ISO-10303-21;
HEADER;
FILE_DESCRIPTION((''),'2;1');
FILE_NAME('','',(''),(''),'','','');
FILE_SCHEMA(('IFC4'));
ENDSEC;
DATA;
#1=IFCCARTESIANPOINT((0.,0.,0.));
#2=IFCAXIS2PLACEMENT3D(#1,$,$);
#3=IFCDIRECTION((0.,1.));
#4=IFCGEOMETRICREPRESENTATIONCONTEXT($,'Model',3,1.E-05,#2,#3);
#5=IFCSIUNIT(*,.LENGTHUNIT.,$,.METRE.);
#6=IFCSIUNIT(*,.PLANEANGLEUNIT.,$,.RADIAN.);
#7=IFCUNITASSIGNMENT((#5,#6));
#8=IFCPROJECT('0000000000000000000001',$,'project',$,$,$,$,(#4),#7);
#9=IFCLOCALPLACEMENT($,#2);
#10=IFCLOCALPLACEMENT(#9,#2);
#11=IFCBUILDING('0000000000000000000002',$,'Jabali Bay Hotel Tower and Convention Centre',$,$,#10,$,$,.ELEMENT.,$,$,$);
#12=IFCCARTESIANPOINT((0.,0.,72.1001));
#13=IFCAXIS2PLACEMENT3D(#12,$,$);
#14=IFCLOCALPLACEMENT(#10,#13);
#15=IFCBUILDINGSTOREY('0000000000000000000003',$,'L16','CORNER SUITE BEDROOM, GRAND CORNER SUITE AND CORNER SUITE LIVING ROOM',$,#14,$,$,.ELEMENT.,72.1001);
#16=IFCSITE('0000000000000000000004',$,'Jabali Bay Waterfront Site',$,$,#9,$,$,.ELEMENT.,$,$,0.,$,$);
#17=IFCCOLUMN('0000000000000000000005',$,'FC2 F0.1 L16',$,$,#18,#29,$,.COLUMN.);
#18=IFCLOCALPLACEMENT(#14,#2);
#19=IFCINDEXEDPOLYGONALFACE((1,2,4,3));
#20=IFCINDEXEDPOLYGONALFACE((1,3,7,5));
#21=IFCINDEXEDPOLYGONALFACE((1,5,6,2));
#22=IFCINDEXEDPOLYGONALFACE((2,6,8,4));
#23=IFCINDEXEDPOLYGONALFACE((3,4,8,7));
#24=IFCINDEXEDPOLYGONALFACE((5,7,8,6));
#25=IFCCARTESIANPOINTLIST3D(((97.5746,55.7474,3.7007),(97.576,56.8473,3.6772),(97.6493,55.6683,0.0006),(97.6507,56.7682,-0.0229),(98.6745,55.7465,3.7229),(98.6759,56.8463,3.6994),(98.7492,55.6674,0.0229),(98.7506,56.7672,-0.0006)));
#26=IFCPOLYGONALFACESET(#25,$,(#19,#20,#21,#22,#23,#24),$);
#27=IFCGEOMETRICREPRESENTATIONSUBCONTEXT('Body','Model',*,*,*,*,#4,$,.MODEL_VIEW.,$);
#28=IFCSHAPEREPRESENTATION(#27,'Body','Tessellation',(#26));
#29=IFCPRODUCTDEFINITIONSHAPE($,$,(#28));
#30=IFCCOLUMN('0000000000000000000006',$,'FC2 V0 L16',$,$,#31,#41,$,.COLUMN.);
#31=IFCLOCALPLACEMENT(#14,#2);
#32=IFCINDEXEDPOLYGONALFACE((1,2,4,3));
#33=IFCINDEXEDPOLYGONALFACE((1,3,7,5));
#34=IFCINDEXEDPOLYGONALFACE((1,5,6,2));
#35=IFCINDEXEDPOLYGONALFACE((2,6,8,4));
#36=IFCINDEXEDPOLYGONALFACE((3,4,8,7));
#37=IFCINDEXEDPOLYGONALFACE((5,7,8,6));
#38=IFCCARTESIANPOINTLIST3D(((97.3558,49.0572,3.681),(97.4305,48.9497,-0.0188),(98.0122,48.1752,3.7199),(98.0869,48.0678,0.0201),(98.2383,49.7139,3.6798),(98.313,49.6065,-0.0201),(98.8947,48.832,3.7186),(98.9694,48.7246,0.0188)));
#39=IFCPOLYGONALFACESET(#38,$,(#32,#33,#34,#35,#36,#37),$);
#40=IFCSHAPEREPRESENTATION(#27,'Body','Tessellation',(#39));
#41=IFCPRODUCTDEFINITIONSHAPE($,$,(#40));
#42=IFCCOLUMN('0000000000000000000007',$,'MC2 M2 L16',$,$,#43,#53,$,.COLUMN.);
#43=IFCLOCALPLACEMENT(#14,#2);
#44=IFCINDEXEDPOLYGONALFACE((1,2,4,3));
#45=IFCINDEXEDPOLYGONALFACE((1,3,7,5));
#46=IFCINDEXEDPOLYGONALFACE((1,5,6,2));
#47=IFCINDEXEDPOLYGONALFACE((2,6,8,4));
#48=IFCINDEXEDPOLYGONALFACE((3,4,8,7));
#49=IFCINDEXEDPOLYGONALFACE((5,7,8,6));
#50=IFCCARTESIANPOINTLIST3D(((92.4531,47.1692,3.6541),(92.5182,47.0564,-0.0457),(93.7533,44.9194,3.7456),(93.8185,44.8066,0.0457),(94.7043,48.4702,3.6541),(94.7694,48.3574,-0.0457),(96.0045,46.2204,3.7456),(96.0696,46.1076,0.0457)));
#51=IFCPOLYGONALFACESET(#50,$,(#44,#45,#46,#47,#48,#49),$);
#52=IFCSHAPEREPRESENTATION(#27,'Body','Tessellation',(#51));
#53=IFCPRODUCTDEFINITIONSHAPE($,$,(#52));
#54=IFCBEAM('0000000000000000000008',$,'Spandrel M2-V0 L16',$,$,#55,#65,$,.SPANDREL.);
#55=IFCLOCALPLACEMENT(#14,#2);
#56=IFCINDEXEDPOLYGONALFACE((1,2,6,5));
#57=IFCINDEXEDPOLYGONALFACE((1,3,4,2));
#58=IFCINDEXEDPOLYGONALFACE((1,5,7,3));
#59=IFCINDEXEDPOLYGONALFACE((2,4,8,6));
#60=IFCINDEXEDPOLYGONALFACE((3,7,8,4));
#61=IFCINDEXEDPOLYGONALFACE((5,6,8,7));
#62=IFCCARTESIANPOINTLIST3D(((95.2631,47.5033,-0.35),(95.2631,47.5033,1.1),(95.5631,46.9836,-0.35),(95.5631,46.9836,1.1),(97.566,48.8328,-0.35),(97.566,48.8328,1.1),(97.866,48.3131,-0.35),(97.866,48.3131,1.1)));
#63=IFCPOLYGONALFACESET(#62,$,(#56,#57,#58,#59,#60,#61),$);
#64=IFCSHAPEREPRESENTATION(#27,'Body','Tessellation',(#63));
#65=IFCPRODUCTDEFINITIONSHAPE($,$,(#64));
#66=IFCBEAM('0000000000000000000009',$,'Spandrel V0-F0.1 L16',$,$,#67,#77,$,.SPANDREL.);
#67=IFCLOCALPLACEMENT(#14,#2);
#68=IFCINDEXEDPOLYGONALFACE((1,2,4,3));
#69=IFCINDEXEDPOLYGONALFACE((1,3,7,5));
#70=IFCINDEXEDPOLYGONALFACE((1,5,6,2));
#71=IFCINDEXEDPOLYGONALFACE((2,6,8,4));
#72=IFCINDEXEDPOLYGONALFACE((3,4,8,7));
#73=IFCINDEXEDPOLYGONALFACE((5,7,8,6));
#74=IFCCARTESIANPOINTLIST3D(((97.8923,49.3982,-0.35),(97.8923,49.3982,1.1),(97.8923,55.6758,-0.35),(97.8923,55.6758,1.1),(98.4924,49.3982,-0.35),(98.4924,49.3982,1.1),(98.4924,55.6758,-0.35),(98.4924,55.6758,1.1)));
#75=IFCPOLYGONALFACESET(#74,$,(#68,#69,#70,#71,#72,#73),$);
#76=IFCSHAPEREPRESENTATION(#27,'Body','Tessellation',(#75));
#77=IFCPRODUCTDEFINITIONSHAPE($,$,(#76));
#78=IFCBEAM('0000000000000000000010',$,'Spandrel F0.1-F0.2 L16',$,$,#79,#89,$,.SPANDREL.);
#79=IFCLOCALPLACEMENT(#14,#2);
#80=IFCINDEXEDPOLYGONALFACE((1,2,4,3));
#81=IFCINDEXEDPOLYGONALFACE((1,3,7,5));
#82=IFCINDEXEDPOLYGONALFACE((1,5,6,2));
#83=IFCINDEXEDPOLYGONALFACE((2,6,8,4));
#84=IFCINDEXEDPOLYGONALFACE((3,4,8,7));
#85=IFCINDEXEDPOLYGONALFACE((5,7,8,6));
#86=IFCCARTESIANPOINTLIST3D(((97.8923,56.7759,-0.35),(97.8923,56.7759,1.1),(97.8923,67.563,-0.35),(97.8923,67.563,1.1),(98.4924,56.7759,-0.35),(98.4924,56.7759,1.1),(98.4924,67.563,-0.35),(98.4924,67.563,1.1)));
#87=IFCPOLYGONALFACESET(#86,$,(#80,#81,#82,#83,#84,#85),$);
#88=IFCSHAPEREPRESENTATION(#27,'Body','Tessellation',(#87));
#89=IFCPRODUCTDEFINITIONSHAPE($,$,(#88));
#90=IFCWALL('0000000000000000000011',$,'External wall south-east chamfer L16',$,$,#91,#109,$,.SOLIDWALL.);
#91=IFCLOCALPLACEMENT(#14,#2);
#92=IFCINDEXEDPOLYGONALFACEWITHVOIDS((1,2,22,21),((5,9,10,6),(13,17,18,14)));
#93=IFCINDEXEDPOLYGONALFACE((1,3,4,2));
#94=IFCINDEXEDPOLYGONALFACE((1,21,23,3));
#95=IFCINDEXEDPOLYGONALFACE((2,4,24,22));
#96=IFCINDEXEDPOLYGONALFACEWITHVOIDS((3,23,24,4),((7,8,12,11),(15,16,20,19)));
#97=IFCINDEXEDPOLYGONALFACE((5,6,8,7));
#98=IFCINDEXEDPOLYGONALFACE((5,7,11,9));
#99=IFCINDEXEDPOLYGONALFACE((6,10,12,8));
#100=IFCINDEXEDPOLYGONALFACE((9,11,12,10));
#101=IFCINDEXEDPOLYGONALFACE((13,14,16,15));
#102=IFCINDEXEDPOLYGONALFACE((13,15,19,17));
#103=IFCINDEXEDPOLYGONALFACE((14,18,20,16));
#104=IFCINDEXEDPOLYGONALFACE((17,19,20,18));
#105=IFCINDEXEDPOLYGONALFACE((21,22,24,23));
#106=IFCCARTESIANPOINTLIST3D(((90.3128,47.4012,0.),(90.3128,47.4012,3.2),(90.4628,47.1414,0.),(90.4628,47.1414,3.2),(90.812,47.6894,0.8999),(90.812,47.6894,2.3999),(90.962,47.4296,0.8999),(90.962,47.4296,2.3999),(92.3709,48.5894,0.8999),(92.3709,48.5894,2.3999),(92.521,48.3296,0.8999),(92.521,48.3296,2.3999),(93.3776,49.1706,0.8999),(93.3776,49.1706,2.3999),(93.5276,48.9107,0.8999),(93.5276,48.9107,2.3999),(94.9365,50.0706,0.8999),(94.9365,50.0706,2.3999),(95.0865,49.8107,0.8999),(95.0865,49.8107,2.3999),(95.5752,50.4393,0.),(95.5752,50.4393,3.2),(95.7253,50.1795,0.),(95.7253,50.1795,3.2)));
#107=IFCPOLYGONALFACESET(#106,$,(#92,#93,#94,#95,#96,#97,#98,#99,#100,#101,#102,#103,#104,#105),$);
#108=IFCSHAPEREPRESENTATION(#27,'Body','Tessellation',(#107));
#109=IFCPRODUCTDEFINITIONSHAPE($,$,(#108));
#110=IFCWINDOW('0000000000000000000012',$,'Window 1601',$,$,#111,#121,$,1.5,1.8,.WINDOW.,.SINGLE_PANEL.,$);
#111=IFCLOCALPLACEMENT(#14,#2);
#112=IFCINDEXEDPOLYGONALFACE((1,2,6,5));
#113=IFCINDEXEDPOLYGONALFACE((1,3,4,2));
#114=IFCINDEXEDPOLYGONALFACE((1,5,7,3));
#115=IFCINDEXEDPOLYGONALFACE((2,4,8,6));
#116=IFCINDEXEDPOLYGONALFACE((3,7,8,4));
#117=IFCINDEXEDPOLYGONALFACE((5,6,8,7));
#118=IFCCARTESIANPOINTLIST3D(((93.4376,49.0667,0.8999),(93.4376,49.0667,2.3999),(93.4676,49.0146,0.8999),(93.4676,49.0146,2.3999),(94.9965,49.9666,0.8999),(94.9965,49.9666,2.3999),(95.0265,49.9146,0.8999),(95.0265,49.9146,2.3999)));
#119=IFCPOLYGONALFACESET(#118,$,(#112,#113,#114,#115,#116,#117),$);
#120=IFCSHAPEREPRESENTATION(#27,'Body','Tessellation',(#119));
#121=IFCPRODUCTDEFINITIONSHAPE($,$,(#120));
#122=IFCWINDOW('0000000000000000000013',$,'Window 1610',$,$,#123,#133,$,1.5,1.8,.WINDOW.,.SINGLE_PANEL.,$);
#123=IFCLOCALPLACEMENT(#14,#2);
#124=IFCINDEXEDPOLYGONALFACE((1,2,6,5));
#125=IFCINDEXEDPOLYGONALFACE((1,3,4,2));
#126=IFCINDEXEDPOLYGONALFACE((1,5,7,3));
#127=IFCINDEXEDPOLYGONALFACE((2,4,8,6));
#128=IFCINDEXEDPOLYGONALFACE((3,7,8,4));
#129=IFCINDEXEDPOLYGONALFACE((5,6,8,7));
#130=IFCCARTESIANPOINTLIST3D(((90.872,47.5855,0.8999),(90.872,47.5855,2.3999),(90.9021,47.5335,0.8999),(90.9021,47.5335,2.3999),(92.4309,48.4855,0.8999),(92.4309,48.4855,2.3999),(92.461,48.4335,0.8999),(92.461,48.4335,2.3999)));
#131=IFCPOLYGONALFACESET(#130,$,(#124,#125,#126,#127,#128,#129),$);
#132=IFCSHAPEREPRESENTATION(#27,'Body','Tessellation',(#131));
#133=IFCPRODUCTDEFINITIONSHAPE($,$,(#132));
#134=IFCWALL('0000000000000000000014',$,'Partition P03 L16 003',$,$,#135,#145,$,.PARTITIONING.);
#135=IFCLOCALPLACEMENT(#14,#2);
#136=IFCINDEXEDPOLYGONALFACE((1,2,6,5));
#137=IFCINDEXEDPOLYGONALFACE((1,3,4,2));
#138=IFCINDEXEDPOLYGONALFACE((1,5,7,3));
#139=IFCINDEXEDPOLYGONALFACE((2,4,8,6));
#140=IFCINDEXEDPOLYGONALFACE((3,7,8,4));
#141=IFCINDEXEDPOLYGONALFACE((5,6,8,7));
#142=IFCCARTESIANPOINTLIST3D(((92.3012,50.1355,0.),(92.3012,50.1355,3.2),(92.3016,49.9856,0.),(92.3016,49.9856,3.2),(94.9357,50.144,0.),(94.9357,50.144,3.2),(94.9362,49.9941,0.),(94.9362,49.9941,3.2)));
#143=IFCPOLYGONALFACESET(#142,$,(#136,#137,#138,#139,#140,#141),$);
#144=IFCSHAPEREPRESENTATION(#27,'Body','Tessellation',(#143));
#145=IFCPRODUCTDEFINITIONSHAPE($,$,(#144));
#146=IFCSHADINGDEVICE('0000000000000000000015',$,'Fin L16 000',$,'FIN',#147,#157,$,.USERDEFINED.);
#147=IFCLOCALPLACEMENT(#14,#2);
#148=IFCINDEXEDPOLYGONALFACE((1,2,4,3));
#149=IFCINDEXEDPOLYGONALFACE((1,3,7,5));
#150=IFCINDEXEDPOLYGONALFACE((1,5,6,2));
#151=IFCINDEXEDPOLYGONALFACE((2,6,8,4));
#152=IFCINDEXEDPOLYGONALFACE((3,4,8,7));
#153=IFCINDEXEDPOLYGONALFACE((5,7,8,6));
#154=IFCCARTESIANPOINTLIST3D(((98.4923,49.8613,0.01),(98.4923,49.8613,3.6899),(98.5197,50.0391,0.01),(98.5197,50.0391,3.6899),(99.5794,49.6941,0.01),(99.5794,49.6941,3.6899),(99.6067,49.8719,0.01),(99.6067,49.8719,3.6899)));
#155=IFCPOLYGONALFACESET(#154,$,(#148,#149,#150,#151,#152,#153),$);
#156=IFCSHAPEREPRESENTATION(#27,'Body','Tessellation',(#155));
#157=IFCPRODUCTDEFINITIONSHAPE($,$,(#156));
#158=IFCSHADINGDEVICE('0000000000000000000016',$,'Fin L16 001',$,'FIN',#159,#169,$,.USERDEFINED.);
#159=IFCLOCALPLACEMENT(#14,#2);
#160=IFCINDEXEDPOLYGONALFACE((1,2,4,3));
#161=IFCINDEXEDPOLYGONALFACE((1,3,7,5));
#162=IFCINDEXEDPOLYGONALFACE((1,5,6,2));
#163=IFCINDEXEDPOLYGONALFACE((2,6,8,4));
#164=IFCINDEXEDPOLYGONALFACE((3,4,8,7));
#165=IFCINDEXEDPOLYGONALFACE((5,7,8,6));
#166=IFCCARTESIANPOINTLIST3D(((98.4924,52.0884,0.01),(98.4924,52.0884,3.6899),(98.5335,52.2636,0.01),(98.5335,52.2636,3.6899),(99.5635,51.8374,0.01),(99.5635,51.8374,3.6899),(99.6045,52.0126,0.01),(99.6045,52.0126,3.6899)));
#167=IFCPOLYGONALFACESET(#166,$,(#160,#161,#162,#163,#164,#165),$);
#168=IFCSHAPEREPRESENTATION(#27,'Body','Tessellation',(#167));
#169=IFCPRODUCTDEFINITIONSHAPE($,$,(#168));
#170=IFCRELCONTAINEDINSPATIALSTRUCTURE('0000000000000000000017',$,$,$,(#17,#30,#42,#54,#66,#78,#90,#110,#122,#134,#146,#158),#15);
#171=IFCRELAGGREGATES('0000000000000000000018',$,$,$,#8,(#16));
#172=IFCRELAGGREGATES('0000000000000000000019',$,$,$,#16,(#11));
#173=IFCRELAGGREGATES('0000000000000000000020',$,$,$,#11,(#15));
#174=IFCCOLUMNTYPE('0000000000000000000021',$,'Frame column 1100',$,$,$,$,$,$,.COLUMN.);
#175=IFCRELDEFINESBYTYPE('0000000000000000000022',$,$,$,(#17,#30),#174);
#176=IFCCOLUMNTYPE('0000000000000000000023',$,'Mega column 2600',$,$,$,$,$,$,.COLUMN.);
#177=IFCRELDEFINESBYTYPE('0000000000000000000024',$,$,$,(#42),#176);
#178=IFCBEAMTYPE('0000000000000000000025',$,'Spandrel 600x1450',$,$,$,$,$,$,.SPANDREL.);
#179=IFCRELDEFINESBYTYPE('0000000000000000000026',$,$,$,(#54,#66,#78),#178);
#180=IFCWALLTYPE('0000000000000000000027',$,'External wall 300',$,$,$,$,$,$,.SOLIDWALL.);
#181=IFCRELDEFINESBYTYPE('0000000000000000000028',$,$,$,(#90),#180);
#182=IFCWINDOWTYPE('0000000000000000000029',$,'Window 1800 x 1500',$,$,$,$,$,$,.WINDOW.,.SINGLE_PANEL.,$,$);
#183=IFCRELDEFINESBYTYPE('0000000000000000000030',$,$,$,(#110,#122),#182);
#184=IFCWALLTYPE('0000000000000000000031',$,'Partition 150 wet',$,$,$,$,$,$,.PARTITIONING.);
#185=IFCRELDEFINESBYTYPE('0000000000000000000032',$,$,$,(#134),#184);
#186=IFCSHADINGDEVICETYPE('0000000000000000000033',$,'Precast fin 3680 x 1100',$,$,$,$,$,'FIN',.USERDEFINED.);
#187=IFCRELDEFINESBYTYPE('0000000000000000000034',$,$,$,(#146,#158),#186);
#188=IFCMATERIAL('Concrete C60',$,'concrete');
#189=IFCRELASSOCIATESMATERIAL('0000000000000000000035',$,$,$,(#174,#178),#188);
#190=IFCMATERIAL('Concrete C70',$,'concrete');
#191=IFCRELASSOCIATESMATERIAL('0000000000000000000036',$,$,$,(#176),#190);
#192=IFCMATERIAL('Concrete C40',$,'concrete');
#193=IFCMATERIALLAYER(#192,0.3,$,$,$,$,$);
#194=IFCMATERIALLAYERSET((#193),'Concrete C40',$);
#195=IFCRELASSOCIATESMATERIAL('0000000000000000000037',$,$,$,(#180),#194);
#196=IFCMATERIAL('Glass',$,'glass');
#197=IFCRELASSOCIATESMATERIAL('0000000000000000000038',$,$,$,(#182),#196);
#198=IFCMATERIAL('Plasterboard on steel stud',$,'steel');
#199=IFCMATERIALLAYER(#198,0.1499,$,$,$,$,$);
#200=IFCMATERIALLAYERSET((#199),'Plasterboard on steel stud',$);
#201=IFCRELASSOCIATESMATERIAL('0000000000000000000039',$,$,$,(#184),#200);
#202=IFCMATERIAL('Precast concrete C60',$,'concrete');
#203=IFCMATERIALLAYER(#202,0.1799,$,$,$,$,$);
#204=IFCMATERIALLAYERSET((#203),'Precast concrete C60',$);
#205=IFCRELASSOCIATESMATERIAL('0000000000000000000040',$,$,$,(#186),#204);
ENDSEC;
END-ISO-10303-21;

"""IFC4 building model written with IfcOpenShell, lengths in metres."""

from ifc_helpers import new_model, si_unit, direction, frame, frame_2d, origin, origin_2d, place, context, subcontext, project, spatial, rectangle, extrude, material, layer, layer_set, material_profile, profile_set, type_object, element, fill, save


model = new_model("IFC4")

# Units and contexts
model_context = context("Model", 3, precision=1e-05, world=origin(), true_north=direction((0.0, 1.0)))
body_context = subcontext(model_context, "Body", "Model", "MODEL_VIEW")
ifc_project = project(units=[si_unit("LENGTHUNIT", "METRE"), si_unit("PLANEANGLEUNIT", "RADIAN")], contexts=[model_context])

# Site, building, storey
site_placement = place(None, origin())
site = spatial("IfcSite", under=ifc_project, at=site_placement, Name="Jabali Bay Waterfront Site", CompositionType="ELEMENT", RefElevation=0.0)
building_placement = place(site_placement, origin())
building = spatial("IfcBuilding", under=site, at=building_placement, Name="Jabali Bay Hotel Tower and Convention Centre", CompositionType="ELEMENT")
storey_placement = place(building_placement, frame((0.0, 0.0, 72.1001)))
storey = spatial("IfcBuildingStorey", under=building, at=storey_placement, Name="L16", Description="CORNER SUITE BEDROOM, GRAND CORNER SUITE AND CORNER SUITE LIVING ROOM", CompositionType="ELEMENT", Elevation=72.1001)

# Columns
ifc_material_1 = material(Name="Concrete C60", Category="concrete")
ifc_material_profile_1 = material_profile(ifc_material_1, rectangle(XDim=1.1001, YDim=1.1001, at=origin_2d()), Name="Frame column 1100")
ifc_profile_set_1 = profile_set([ifc_material_profile_1], Name="Concrete C60")
column_type_1 = type_object("IfcColumnType", Name="Frame column 1100", PredefinedType="COLUMN", material=ifc_profile_set_1)
column_1_placement = place(storey_placement, frame((98.2, 56.2178, 0.0), z_axis=(-0.020183, 0.02137, 0.999568), x_axis=(-0.001315, -0.999771, 0.021348)))
element("IfcColumn", 1, at=column_1_placement, inside=storey, type_object=column_type_1, Name="FC2 F0.1 L16", PredefinedType="COLUMN", context=body_context, shape_type="SweptSolid", body=[
    extrude(rectangle(XDim=1.1001, YDim=1.1001, at=origin_2d()), origin(), (0.0, 0.0, 1.0), 3.7017),
])
column_2_placement = place(storey_placement, frame((98.2, 48.8372, 0.0), z_axis=(-0.020179, 0.029015, 0.999375), x_axis=(-0.802227, -0.597018, 0.001135)))
element("IfcColumn", 2, at=column_2_placement, inside=storey, type_object=column_type_1, Name="FC2 V0 L16", PredefinedType="COLUMN", context=body_context, shape_type="SweptSolid", body=[
    extrude(rectangle(XDim=1.1001, YDim=1.1001, at=origin_2d()), origin(), (0.0, 0.0, 1.0), 3.7021),
])
ifc_material_2 = material(Name="Concrete C70", Category="concrete")
ifc_material_profile_2 = material_profile(ifc_material_2, rectangle(XDim=2.6001, YDim=2.6001, at=origin_2d()), Name="Mega column 2600")
ifc_profile_set_2 = profile_set([ifc_material_profile_2], Name="Concrete C70")
column_type_2 = type_object("IfcColumnType", Name="Mega column 2600", PredefinedType="COLUMN", material=ifc_profile_set_2)
column_3_placement = place(storey_placement, frame((94.2939, 46.582, 0.0), z_axis=(-0.017607, 0.030466, 0.999381), x_axis=(0.500061, -0.865275, 0.035188)))
element("IfcColumn", 3, at=column_3_placement, inside=storey, type_object=column_type_2, Name="MC2 M2 L16", PredefinedType="COLUMN", context=body_context, shape_type="SweptSolid", body=[
    extrude(rectangle(XDim=2.6001, YDim=2.6001, at=origin_2d()), origin(), (0.0, 0.0, 1.0), 3.7021),
])

# Beams
ifc_material_profile_3 = material_profile(ifc_material_1, rectangle(XDim=0.6001, YDim=1.45, at=origin_2d()), Name="Spandrel 600x1450")
ifc_profile_set_3 = profile_set([ifc_material_profile_3], Name="Concrete C60")
beam_type = type_object("IfcBeamType", Name="Spandrel 600x1450", PredefinedType="SPANDREL", material=ifc_profile_set_3)
beam_1_placement = place(storey_placement, frame((95.4131, 47.2434, 0.375), z_axis=(0.866031, 0.49999, 0.0), x_axis=(-0.49999, 0.866031, 0.0)))
element("IfcBeam", 4, at=beam_1_placement, inside=storey, type_object=beam_type, Name="Spandrel M2-V0 L16", PredefinedType="SPANDREL", context=body_context, shape_type="SweptSolid", body=[
    extrude(rectangle(XDim=0.6001, YDim=1.45, at=origin_2d()), origin(), (0.0, 0.0, 1.0), 2.6592),
])
beam_2_placement = place(storey_placement, frame((98.1924, 49.3982, 0.375), z_axis=(0.0, 1.0, 0.0), x_axis=(-1.0, 0.0, 0.0)))
element("IfcBeam", 5, at=beam_2_placement, inside=storey, type_object=beam_type, Name="Spandrel V0-F0.1 L16", PredefinedType="SPANDREL", context=body_context, shape_type="SweptSolid", body=[
    extrude(rectangle(XDim=0.6001, YDim=1.45, at=origin_2d()), origin(), (0.0, 0.0, 1.0), 6.2776),
])
beam_3_placement = place(storey_placement, frame((98.1924, 56.7759, 0.375), z_axis=(0.0, 1.0, 0.0), x_axis=(-1.0, 0.0, 0.0)))
element("IfcBeam", 6, at=beam_3_placement, inside=storey, type_object=beam_type, Name="Spandrel F0.1-F0.2 L16", PredefinedType="SPANDREL", context=body_context, shape_type="SweptSolid", body=[
    extrude(rectangle(XDim=0.6001, YDim=1.45, at=origin_2d()), origin(), (0.0, 0.0, 1.0), 10.7871),
])

# Wall, openings, windows
ifc_material_3 = material(Name="Concrete C40", Category="concrete")
ifc_layer_1 = layer(ifc_material_3, 0.3)
ifc_layer_set_1 = layer_set([ifc_layer_1], Name="Concrete C40")
wall_type_1 = type_object("IfcWallType", Name="External wall 300", PredefinedType="SOLIDWALL", material=ifc_layer_set_1)
wall_1_placement = place(storey_placement, frame((95.6501, 50.3093, 0.0), z_axis=(0.0, 0.0, 1.0), x_axis=(-0.866039, -0.499976, 0.0)))
wall_1 = element("IfcWall", 7, at=wall_1_placement, inside=storey, type_object=wall_type_1, Name="External wall south-east chamfer L16", PredefinedType="SOLIDWALL", context=body_context, shape_type="SweptSolid", body=[
    extrude(rectangle(XDim=6.0764, YDim=0.3, at=frame_2d((3.0381, 0.0))), origin(), (0.0, 0.0, 1.0), 3.2),
])
opening_1_placement = place(wall_1_placement, frame((0.7375, 0.0, 0.8999)))
opening_1 = element("IfcOpeningElement", 8, at=opening_1_placement, cuts=wall_1, PredefinedType="OPENING", context=body_context, shape_type="SweptSolid", body=[
    extrude(rectangle(XDim=1.8, YDim=1.5, at=frame_2d((0.8999, 0.75))), frame((0.0, 0.1606, 0.0), z_axis=(0.0, -1.0, 0.0), x_axis=(1.0, 0.0, 0.0)), (0.0, 0.0, 1.0), 0.321),
])
opening_2_placement = place(wall_1_placement, frame((3.7, 0.0, 0.8999)))
opening_2 = element("IfcOpeningElement", 9, at=opening_2_placement, cuts=wall_1, PredefinedType="OPENING", context=body_context, shape_type="SweptSolid", body=[
    extrude(rectangle(XDim=1.8, YDim=1.5, at=frame_2d((0.8999, 0.75))), frame((0.0, 0.1606, 0.0), z_axis=(0.0, -1.0, 0.0), x_axis=(1.0, 0.0, 0.0)), (0.0, 0.0, 1.0), 0.321),
])
ifc_material_4 = material(Name="Glass", Category="glass")
window_type = type_object("IfcWindowType", Name="Window 1800 x 1500", PartitioningType="SINGLE_PANEL", PredefinedType="WINDOW", material=ifc_material_4)
window_1_placement = place(opening_1_placement, origin())
window_1 = element("IfcWindow", 10, at=window_1_placement, inside=storey, type_object=window_type, Name="Window 1601", OverallHeight=1.5, OverallWidth=1.8, PartitioningType="SINGLE_PANEL", PredefinedType="WINDOW", context=body_context, shape_type="SweptSolid", body=[
    extrude(rectangle(XDim=1.8, YDim=1.5, at=frame_2d((0.8999, 0.75))), frame((0.0, 0.03, 0.0), z_axis=(0.0, -1.0, 0.0), x_axis=(1.0, 0.0, 0.0)), (0.0, 0.0, 1.0), 0.0601),
])
fill(opening_1, window_1)
window_2_placement = place(opening_2_placement, origin())
window_2 = element("IfcWindow", 11, at=window_2_placement, inside=storey, type_object=window_type, Name="Window 1610", OverallHeight=1.5, OverallWidth=1.8, PartitioningType="SINGLE_PANEL", PredefinedType="WINDOW", context=body_context, shape_type="SweptSolid", body=[
    extrude(rectangle(XDim=1.8, YDim=1.5, at=frame_2d((0.8999, 0.75))), frame((0.0, 0.03, 0.0), z_axis=(0.0, -1.0, 0.0), x_axis=(1.0, 0.0, 0.0)), (0.0, 0.0, 1.0), 0.0601),
])
fill(opening_2, window_2)

# Wall
ifc_material_5 = material(Name="Plasterboard on steel stud", Category="steel")
ifc_layer_2 = layer(ifc_material_5, 0.1499)
ifc_layer_set_2 = layer_set([ifc_layer_2], Name="Plasterboard on steel stud")
wall_type_2 = type_object("IfcWallType", Name="Partition 150 wet", PredefinedType="PARTITIONING", material=ifc_layer_set_2)
wall_2_placement = place(storey_placement, frame((94.936, 50.0691, 0.0), z_axis=(0.0, 0.0, 1.0), x_axis=(-0.999995, -0.003243, 0.0)))
element("IfcWall", 12, at=wall_2_placement, inside=storey, type_object=wall_type_2, Name="Partition P03 L16 003", PredefinedType="PARTITIONING", context=body_context, shape_type="SweptSolid", body=[
    extrude(rectangle(XDim=2.6345, YDim=0.1499, at=frame_2d((1.3174, 0.0))), origin(), (0.0, 0.0, 1.0), 3.2),
])

# Shading devices
ifc_material_6 = material(Name="Precast concrete C60", Category="concrete")
ifc_layer_3 = layer(ifc_material_6, 0.1799)
ifc_layer_set_3 = layer_set([ifc_layer_3], Name="Precast concrete C60")
shading_device_type_1 = type_object("IfcShadingDeviceType", Name="Precast fin 3680 x 1100", ElementType="FIN", PredefinedType="USERDEFINED", material=ifc_layer_set_3)
shading_device_1_placement = place(storey_placement, frame((98.5061, 49.9502, 0.01), z_axis=(0.0, 0.0, 1.0), x_axis=(0.988374, -0.152041, 0.0)))
element("IfcShadingDevice", 13, at=shading_device_1_placement, inside=storey, type_object=shading_device_type_1, Name="Fin L16 000", ObjectType="FIN", PredefinedType="USERDEFINED", context=body_context, shape_type="SweptSolid", body=[
    extrude(rectangle(XDim=1.0999, YDim=0.1799, at=frame_2d((0.5498, 0.0))), origin(), (0.0, 0.0, 1.0), 3.6799),
])
shading_device_2_placement = place(storey_placement, frame((98.5129, 52.176, 0.01), z_axis=(0.0, 0.0, 1.0), x_axis=(0.973626, -0.228149, 0.0)))
element("IfcShadingDevice", 14, at=shading_device_2_placement, inside=storey, type_object=shading_device_type_1, Name="Fin L16 001", ObjectType="FIN", PredefinedType="USERDEFINED", context=body_context, shape_type="SweptSolid", body=[
    extrude(rectangle(XDim=1.1001, YDim=0.1799, at=frame_2d((0.55, 0.0))), origin(), (0.0, 0.0, 1.0), 3.6799),
])

save(model, "model.ifc")
